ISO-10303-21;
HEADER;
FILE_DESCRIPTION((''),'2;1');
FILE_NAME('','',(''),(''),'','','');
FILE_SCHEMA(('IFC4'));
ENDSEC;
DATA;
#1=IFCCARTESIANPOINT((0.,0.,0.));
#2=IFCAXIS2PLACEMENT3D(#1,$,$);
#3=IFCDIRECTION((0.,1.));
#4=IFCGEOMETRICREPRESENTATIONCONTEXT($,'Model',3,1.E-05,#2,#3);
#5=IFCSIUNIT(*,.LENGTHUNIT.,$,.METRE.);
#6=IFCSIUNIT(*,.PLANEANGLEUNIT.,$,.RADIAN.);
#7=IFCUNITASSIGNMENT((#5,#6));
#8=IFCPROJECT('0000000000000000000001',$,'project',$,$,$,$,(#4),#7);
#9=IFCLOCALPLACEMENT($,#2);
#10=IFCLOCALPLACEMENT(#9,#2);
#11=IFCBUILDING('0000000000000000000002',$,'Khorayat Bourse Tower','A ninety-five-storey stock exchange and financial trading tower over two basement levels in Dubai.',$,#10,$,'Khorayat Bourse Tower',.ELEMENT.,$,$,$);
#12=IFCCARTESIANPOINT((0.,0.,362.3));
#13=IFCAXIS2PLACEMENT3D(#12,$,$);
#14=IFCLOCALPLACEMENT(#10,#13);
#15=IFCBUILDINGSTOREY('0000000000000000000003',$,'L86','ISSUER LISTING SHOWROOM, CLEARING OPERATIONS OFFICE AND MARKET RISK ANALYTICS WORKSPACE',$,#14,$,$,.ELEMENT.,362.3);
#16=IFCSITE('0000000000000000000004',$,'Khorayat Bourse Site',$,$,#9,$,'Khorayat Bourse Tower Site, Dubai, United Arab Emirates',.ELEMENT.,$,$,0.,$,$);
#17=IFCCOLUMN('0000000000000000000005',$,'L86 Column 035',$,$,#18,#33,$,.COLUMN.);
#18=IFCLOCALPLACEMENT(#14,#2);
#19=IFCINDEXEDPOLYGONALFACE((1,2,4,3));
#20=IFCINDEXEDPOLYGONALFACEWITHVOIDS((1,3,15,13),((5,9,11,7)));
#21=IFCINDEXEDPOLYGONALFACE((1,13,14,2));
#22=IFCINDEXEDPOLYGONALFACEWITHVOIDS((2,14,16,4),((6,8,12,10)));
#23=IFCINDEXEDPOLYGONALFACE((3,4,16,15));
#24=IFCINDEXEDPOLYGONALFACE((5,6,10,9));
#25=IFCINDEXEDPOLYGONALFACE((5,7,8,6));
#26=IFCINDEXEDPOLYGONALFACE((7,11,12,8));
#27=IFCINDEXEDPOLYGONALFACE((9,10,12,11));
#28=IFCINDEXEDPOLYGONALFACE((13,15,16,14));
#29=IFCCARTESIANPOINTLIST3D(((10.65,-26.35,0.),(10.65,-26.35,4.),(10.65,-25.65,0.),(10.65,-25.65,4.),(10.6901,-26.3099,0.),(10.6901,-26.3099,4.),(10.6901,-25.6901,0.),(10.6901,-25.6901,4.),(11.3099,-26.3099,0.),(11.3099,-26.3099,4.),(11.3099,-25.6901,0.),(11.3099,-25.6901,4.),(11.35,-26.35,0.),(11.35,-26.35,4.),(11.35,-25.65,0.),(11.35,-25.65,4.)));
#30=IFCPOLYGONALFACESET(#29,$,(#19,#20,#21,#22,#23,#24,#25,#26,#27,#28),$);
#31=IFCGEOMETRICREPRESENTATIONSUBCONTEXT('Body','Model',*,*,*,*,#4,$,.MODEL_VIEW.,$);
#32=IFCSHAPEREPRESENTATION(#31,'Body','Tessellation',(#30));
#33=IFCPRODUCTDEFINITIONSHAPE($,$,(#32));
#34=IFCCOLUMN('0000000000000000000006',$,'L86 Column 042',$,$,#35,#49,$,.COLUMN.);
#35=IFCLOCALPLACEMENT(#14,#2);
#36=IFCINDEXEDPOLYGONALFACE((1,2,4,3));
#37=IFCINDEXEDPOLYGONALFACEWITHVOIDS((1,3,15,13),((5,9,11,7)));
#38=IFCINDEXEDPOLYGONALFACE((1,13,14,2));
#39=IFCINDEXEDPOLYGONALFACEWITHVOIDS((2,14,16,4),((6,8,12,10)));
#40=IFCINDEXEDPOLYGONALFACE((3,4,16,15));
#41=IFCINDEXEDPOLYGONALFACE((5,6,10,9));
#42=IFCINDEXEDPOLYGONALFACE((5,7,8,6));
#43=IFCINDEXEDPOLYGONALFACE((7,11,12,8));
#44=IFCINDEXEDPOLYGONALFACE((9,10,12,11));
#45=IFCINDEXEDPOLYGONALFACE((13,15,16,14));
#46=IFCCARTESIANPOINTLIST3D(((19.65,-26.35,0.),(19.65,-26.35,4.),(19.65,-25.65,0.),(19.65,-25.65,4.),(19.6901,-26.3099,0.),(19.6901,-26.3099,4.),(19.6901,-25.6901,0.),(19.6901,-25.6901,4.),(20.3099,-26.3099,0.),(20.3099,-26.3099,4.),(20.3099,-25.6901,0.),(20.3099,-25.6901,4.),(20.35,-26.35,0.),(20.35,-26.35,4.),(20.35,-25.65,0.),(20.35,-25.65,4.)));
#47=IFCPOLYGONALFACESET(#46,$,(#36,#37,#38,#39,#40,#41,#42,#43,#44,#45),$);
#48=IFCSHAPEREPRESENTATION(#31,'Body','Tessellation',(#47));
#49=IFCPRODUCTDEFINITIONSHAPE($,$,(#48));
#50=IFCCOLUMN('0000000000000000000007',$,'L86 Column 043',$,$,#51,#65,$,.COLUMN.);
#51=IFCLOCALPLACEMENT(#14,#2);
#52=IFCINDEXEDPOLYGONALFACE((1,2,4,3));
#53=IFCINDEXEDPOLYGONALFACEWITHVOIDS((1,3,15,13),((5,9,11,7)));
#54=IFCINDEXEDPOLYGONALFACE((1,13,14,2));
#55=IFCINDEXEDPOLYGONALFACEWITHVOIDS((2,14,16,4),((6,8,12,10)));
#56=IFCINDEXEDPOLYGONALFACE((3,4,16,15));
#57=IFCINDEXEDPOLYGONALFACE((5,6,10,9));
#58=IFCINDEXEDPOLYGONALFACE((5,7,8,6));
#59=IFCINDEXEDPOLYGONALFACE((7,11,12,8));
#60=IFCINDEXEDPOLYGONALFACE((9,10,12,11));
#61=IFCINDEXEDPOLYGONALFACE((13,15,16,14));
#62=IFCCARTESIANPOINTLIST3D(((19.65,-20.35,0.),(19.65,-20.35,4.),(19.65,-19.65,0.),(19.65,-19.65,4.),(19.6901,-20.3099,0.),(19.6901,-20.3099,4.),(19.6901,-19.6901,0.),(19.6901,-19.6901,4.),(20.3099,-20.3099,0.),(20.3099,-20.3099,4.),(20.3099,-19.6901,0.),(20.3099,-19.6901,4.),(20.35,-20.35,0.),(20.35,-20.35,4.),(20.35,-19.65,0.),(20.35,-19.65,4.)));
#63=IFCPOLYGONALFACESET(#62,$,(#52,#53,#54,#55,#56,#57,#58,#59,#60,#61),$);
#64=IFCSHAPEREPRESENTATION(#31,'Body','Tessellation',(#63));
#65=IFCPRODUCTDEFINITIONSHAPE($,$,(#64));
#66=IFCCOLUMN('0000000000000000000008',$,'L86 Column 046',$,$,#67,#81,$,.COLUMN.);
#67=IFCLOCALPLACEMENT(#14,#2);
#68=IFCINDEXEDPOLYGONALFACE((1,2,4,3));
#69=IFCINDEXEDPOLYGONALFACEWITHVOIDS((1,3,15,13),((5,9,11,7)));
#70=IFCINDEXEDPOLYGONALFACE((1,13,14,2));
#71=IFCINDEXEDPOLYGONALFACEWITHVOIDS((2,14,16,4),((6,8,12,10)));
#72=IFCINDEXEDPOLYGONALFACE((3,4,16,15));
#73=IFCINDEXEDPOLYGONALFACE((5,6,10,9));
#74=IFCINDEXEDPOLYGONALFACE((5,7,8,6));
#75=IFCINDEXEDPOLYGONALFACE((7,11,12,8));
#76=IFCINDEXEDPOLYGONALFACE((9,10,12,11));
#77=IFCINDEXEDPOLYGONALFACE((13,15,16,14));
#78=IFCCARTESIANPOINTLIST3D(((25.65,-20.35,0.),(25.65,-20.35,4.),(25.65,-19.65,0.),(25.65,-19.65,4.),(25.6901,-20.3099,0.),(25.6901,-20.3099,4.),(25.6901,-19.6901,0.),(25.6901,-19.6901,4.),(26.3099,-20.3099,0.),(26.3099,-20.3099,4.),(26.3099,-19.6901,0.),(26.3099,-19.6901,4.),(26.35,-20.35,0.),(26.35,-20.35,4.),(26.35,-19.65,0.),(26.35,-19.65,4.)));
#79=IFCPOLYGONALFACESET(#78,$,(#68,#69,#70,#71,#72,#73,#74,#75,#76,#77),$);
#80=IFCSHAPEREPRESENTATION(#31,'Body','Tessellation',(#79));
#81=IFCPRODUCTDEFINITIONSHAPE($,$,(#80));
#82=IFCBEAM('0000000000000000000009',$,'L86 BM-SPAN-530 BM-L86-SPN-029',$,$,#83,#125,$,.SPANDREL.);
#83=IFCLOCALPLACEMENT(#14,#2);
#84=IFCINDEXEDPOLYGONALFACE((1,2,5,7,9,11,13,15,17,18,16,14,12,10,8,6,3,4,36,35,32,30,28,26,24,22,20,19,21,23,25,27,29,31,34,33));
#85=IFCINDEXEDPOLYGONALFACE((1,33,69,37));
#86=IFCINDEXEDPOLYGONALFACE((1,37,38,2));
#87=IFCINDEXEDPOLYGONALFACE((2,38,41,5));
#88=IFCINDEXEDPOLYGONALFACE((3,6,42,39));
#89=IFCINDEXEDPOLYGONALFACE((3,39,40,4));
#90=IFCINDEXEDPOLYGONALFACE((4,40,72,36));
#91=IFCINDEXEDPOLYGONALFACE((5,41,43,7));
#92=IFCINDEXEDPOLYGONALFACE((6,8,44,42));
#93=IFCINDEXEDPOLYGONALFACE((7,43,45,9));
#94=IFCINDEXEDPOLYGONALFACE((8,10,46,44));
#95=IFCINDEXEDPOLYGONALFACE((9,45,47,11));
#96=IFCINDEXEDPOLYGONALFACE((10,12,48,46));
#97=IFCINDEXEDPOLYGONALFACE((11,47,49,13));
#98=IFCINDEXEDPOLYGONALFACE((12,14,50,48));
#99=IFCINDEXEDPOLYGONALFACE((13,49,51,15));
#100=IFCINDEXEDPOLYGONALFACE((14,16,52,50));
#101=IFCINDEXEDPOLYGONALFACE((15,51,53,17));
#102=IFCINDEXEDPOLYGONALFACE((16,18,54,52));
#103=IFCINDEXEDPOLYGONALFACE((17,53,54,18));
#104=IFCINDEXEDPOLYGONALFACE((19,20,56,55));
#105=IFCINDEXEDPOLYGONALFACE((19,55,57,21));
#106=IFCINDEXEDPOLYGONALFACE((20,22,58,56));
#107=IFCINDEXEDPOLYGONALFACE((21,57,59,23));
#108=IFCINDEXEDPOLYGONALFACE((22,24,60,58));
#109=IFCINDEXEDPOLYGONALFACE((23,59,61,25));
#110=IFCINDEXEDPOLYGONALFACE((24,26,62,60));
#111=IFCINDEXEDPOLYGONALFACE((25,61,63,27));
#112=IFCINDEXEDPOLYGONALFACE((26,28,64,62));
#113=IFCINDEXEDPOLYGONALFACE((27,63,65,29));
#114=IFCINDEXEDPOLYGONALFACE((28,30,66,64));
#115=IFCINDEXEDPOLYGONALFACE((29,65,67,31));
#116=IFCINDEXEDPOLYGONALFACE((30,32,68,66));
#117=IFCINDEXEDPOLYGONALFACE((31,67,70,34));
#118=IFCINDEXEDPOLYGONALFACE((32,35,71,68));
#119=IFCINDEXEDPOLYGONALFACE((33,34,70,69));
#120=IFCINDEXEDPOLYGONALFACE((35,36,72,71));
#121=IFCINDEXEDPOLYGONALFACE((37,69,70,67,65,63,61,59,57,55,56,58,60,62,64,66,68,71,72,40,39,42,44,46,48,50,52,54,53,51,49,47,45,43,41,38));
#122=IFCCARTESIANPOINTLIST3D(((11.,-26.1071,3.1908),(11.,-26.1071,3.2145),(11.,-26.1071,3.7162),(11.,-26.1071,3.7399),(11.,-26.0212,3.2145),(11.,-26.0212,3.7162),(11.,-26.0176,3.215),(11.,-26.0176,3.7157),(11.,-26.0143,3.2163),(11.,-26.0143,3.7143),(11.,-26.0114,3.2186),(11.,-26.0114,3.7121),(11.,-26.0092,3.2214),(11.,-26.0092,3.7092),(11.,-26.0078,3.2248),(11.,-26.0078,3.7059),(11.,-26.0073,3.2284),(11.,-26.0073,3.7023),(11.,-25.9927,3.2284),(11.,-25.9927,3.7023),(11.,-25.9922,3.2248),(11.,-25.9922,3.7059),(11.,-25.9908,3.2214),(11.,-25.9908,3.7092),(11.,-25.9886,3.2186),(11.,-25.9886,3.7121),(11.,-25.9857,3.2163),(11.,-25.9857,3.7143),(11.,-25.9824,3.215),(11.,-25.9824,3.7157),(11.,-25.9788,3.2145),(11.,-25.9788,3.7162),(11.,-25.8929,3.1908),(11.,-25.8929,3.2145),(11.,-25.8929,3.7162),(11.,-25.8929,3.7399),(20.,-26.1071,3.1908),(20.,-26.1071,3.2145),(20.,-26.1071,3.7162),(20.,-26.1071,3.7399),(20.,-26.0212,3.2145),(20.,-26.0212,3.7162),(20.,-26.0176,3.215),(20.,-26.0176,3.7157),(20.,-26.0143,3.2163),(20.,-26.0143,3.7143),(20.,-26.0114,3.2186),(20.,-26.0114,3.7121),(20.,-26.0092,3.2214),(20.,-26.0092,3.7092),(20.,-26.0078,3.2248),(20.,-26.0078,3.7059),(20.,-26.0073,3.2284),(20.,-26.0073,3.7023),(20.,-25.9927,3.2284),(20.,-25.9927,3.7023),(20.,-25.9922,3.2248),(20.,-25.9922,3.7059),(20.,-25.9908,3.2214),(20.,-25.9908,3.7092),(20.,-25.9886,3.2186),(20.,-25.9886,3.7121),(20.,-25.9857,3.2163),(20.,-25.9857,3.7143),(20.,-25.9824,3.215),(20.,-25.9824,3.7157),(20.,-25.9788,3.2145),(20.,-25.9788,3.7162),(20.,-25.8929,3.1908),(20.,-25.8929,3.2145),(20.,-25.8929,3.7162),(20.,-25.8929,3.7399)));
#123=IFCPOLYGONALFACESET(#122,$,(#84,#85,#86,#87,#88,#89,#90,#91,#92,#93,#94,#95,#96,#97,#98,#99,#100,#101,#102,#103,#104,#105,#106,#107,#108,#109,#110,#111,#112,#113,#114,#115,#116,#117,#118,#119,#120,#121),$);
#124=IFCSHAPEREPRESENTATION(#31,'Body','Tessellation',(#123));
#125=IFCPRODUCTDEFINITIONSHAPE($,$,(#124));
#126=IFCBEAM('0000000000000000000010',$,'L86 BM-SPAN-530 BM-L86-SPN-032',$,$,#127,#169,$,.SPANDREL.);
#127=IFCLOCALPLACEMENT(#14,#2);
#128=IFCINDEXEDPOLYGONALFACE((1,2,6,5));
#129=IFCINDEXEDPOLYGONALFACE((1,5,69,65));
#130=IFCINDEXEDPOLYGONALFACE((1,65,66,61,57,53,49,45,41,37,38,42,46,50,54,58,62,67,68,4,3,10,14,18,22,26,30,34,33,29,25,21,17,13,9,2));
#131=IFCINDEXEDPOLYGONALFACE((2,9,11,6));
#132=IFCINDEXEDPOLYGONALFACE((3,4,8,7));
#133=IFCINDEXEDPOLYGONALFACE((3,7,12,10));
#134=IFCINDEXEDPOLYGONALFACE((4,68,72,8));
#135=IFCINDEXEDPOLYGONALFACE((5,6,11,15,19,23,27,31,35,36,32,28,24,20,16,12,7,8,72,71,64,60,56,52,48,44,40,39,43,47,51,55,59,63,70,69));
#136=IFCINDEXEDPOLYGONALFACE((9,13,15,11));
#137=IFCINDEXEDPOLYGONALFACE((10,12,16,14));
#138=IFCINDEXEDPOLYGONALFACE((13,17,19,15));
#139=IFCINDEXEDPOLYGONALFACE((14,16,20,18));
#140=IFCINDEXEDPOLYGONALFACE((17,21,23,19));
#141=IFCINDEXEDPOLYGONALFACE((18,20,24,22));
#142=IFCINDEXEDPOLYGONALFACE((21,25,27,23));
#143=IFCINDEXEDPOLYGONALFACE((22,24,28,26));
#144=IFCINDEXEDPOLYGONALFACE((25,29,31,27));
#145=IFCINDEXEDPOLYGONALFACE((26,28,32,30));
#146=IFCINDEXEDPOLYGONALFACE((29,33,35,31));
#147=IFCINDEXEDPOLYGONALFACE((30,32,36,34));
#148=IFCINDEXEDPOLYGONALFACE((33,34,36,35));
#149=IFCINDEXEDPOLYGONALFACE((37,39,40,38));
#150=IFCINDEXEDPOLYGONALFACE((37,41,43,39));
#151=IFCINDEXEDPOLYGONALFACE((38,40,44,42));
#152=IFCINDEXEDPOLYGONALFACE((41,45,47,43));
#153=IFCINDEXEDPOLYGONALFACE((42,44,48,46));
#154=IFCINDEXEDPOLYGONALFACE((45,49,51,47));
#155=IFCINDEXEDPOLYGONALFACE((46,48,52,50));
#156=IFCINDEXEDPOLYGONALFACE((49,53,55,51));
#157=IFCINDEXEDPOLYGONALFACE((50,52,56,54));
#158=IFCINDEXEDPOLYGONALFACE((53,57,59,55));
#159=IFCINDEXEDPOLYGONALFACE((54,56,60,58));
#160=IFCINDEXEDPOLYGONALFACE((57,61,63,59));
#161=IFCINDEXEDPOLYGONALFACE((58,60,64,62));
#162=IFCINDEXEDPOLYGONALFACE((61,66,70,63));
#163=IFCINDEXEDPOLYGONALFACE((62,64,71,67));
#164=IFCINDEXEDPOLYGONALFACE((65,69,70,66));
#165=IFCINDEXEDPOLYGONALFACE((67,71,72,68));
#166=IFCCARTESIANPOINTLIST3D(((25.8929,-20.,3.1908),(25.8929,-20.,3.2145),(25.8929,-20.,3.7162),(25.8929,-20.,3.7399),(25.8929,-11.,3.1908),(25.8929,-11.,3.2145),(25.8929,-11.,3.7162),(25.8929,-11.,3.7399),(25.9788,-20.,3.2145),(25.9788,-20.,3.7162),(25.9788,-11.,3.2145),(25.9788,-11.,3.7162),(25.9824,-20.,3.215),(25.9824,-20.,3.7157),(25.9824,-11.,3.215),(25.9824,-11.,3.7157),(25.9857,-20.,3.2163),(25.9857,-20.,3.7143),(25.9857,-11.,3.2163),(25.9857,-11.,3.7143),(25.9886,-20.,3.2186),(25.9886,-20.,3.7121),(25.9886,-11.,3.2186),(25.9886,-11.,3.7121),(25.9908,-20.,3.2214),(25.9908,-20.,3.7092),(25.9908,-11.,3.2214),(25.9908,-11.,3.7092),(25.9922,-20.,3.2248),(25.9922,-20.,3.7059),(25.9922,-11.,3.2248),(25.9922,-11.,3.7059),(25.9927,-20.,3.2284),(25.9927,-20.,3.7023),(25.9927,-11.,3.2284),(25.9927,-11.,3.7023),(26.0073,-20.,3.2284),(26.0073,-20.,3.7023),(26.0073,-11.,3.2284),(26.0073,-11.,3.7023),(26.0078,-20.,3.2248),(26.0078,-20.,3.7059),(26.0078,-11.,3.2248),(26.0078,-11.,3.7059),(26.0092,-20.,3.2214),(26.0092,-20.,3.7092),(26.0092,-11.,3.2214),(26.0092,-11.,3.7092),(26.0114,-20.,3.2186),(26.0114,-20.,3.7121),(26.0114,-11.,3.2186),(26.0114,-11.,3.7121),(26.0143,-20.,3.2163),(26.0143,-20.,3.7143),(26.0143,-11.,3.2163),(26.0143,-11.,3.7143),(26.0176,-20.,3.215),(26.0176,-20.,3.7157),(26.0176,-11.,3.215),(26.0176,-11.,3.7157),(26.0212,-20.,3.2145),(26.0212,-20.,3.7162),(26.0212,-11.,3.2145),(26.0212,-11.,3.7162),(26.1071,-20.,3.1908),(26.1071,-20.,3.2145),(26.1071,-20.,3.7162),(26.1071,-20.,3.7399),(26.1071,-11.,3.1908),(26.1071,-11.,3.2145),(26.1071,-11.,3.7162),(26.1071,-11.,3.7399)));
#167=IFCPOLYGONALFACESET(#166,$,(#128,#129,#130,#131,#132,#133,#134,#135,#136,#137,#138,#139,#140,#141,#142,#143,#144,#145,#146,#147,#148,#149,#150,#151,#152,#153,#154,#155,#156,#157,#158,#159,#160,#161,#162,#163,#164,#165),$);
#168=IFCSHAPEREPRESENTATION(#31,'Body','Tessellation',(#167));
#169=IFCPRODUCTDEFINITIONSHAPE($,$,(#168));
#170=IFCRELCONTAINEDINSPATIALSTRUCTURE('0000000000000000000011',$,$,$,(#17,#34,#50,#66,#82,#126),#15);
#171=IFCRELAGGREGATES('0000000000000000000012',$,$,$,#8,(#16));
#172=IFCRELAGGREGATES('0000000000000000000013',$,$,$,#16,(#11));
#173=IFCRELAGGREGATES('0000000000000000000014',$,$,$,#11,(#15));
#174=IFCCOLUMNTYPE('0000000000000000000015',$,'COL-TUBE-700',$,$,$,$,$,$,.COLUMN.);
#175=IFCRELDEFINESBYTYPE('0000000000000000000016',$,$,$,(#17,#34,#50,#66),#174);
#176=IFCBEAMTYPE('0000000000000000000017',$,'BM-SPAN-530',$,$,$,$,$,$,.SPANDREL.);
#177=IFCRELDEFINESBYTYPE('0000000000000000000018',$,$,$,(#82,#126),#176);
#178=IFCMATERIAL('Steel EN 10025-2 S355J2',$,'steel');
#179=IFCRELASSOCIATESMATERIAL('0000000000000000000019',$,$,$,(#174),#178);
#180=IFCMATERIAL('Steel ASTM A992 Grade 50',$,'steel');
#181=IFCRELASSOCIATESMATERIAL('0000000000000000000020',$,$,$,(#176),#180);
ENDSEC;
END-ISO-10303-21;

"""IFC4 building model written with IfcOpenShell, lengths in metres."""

from ifc_helpers import new_model, si_unit, direction, frame, origin, origin_2d, place, context, subcontext, project, spatial, hollow_rectangle, i_section, extrude, source, transform, mapped, material, material_profile, profile_set, type_object, element, save


model = new_model("IFC4")

# Units and contexts
model_context = context("Model", 3, precision=1e-05, world=origin(), true_north=direction((0.0, 1.0)))
body_context = subcontext(model_context, "Body", "Model", "MODEL_VIEW")
ifc_project = project(units=[si_unit("LENGTHUNIT", "METRE"), si_unit("PLANEANGLEUNIT", "RADIAN")], contexts=[model_context])

# Site, building, storey
site_placement = place(None, origin())
site = spatial("IfcSite", under=ifc_project, at=site_placement, Name="Khorayat Bourse Site", LongName="Khorayat Bourse Tower Site, Dubai, United Arab Emirates", CompositionType="ELEMENT", RefElevation=0.0)
building_placement = place(site_placement, origin())
building = spatial("IfcBuilding", under=site, at=building_placement, Name="Khorayat Bourse Tower", Description="A ninety-five-storey stock exchange and financial trading tower over two basement levels in Dubai.", LongName="Khorayat Bourse Tower", CompositionType="ELEMENT")
storey_placement = place(building_placement, frame((0.0, 0.0, 362.3)))
storey = spatial("IfcBuildingStorey", under=building, at=storey_placement, Name="L86", Description="ISSUER LISTING SHOWROOM, CLEARING OPERATIONS OFFICE AND MARKET RISK ANALYTICS WORKSPACE", CompositionType="ELEMENT", Elevation=362.3)

# Columns
ifc_material_1 = material(Name="Steel EN 10025-2 S355J2", Category="steel")
ifc_material_profile_1 = material_profile(ifc_material_1, hollow_rectangle(XDim=0.7, YDim=0.7, WallThickness=0.04, at=origin_2d()), Name="BOX 700x700x40")
ifc_profile_set_1 = profile_set([ifc_material_profile_1], Name="Steel EN 10025-2 S355J2")
column_type = type_object("IfcColumnType", Name="COL-TUBE-700", PredefinedType="COLUMN", material=ifc_profile_set_1)
shared_shape_1 = source(origin(), body_context, "Body", "SweptSolid", [
    extrude(hollow_rectangle(XDim=0.7, YDim=0.7, WallThickness=0.04, at=origin_2d()), origin(), (0.0, 0.0, 1.0), 4.0),
])
for number, where, z_axis, x_axis, name in (
    (1, (11.0, -26.0, 0.0), (0.0, 0.0, 1.0), (1.0, 0.0, 0.0), "L86 Column 035"),
    (2, (20.0, -26.0, 0.0), (0.0, 0.0, 1.0), (1.0, 0.0, 0.0), "L86 Column 042"),
    (3, (20.0, -20.0, 0.0), (0.0, 0.0, 1.0), (1.0, 0.0, 0.0), "L86 Column 043"),
    (4, (26.0, -20.0, 0.0), (0.0, 0.0, 1.0), (1.0, 0.0, 0.0), "L86 Column 046"),
):
    element("IfcColumn", number, at=place(storey_placement, frame(where, z_axis=z_axis, x_axis=x_axis)), inside=storey, type_object=column_type, Name=name, PredefinedType="COLUMN", context=body_context, shape_type="MappedRepresentation", body=[
        mapped(shared_shape_1, transform((0.0, 0.0, 0.0), scale=1.0)),
    ])

# Beams
ifc_material_2 = material(Name="Steel ASTM A992 Grade 50", Category="steel")
ifc_material_profile_2 = material_profile(ifc_material_2, i_section(OverallWidth=0.2141, OverallDepth=0.5491, WebThickness=0.0146, FlangeThickness=0.0237, FilletRadius=0.0139, at=origin_2d()), Name="W530X138")
ifc_profile_set_2 = profile_set([ifc_material_profile_2], Name="Steel ASTM A992 Grade 50")
beam_type_1 = type_object("IfcBeamType", Name="BM-SPAN-530", PredefinedType="SPANDREL", material=ifc_profile_set_2)
shared_shape_2 = source(origin(), body_context, "Body", "SweptSolid", [
    extrude(i_section(OverallWidth=0.2141, OverallDepth=0.5491, WebThickness=0.0146, FlangeThickness=0.0237, FilletRadius=0.0139, at=origin_2d()), origin(), (0.0, 0.0, 1.0), 9.0),
])
for number, where, z_axis, x_axis, name in (
    (5, (11.0, -26.0, 3.4653), (1.0, 0.0, 0.0), (0.0, 1.0, 0.0), "L86 BM-SPAN-530 BM-L86-SPN-029"),
    (6, (26.0, -20.0, 3.4653), (0.0, 1.0, 0.0), (-1.0, 0.0, 0.0), "L86 BM-SPAN-530 BM-L86-SPN-032"),
):
    element("IfcBeam", number, at=place(storey_placement, frame(where, z_axis=z_axis, x_axis=x_axis)), inside=storey, type_object=beam_type_1, Name=name, PredefinedType="SPANDREL", context=body_context, shape_type="MappedRepresentation", body=[
        mapped(shared_shape_2, transform((0.0, 0.0, 0.0), scale=1.0)),
    ])

save(model, "model.ifc")
